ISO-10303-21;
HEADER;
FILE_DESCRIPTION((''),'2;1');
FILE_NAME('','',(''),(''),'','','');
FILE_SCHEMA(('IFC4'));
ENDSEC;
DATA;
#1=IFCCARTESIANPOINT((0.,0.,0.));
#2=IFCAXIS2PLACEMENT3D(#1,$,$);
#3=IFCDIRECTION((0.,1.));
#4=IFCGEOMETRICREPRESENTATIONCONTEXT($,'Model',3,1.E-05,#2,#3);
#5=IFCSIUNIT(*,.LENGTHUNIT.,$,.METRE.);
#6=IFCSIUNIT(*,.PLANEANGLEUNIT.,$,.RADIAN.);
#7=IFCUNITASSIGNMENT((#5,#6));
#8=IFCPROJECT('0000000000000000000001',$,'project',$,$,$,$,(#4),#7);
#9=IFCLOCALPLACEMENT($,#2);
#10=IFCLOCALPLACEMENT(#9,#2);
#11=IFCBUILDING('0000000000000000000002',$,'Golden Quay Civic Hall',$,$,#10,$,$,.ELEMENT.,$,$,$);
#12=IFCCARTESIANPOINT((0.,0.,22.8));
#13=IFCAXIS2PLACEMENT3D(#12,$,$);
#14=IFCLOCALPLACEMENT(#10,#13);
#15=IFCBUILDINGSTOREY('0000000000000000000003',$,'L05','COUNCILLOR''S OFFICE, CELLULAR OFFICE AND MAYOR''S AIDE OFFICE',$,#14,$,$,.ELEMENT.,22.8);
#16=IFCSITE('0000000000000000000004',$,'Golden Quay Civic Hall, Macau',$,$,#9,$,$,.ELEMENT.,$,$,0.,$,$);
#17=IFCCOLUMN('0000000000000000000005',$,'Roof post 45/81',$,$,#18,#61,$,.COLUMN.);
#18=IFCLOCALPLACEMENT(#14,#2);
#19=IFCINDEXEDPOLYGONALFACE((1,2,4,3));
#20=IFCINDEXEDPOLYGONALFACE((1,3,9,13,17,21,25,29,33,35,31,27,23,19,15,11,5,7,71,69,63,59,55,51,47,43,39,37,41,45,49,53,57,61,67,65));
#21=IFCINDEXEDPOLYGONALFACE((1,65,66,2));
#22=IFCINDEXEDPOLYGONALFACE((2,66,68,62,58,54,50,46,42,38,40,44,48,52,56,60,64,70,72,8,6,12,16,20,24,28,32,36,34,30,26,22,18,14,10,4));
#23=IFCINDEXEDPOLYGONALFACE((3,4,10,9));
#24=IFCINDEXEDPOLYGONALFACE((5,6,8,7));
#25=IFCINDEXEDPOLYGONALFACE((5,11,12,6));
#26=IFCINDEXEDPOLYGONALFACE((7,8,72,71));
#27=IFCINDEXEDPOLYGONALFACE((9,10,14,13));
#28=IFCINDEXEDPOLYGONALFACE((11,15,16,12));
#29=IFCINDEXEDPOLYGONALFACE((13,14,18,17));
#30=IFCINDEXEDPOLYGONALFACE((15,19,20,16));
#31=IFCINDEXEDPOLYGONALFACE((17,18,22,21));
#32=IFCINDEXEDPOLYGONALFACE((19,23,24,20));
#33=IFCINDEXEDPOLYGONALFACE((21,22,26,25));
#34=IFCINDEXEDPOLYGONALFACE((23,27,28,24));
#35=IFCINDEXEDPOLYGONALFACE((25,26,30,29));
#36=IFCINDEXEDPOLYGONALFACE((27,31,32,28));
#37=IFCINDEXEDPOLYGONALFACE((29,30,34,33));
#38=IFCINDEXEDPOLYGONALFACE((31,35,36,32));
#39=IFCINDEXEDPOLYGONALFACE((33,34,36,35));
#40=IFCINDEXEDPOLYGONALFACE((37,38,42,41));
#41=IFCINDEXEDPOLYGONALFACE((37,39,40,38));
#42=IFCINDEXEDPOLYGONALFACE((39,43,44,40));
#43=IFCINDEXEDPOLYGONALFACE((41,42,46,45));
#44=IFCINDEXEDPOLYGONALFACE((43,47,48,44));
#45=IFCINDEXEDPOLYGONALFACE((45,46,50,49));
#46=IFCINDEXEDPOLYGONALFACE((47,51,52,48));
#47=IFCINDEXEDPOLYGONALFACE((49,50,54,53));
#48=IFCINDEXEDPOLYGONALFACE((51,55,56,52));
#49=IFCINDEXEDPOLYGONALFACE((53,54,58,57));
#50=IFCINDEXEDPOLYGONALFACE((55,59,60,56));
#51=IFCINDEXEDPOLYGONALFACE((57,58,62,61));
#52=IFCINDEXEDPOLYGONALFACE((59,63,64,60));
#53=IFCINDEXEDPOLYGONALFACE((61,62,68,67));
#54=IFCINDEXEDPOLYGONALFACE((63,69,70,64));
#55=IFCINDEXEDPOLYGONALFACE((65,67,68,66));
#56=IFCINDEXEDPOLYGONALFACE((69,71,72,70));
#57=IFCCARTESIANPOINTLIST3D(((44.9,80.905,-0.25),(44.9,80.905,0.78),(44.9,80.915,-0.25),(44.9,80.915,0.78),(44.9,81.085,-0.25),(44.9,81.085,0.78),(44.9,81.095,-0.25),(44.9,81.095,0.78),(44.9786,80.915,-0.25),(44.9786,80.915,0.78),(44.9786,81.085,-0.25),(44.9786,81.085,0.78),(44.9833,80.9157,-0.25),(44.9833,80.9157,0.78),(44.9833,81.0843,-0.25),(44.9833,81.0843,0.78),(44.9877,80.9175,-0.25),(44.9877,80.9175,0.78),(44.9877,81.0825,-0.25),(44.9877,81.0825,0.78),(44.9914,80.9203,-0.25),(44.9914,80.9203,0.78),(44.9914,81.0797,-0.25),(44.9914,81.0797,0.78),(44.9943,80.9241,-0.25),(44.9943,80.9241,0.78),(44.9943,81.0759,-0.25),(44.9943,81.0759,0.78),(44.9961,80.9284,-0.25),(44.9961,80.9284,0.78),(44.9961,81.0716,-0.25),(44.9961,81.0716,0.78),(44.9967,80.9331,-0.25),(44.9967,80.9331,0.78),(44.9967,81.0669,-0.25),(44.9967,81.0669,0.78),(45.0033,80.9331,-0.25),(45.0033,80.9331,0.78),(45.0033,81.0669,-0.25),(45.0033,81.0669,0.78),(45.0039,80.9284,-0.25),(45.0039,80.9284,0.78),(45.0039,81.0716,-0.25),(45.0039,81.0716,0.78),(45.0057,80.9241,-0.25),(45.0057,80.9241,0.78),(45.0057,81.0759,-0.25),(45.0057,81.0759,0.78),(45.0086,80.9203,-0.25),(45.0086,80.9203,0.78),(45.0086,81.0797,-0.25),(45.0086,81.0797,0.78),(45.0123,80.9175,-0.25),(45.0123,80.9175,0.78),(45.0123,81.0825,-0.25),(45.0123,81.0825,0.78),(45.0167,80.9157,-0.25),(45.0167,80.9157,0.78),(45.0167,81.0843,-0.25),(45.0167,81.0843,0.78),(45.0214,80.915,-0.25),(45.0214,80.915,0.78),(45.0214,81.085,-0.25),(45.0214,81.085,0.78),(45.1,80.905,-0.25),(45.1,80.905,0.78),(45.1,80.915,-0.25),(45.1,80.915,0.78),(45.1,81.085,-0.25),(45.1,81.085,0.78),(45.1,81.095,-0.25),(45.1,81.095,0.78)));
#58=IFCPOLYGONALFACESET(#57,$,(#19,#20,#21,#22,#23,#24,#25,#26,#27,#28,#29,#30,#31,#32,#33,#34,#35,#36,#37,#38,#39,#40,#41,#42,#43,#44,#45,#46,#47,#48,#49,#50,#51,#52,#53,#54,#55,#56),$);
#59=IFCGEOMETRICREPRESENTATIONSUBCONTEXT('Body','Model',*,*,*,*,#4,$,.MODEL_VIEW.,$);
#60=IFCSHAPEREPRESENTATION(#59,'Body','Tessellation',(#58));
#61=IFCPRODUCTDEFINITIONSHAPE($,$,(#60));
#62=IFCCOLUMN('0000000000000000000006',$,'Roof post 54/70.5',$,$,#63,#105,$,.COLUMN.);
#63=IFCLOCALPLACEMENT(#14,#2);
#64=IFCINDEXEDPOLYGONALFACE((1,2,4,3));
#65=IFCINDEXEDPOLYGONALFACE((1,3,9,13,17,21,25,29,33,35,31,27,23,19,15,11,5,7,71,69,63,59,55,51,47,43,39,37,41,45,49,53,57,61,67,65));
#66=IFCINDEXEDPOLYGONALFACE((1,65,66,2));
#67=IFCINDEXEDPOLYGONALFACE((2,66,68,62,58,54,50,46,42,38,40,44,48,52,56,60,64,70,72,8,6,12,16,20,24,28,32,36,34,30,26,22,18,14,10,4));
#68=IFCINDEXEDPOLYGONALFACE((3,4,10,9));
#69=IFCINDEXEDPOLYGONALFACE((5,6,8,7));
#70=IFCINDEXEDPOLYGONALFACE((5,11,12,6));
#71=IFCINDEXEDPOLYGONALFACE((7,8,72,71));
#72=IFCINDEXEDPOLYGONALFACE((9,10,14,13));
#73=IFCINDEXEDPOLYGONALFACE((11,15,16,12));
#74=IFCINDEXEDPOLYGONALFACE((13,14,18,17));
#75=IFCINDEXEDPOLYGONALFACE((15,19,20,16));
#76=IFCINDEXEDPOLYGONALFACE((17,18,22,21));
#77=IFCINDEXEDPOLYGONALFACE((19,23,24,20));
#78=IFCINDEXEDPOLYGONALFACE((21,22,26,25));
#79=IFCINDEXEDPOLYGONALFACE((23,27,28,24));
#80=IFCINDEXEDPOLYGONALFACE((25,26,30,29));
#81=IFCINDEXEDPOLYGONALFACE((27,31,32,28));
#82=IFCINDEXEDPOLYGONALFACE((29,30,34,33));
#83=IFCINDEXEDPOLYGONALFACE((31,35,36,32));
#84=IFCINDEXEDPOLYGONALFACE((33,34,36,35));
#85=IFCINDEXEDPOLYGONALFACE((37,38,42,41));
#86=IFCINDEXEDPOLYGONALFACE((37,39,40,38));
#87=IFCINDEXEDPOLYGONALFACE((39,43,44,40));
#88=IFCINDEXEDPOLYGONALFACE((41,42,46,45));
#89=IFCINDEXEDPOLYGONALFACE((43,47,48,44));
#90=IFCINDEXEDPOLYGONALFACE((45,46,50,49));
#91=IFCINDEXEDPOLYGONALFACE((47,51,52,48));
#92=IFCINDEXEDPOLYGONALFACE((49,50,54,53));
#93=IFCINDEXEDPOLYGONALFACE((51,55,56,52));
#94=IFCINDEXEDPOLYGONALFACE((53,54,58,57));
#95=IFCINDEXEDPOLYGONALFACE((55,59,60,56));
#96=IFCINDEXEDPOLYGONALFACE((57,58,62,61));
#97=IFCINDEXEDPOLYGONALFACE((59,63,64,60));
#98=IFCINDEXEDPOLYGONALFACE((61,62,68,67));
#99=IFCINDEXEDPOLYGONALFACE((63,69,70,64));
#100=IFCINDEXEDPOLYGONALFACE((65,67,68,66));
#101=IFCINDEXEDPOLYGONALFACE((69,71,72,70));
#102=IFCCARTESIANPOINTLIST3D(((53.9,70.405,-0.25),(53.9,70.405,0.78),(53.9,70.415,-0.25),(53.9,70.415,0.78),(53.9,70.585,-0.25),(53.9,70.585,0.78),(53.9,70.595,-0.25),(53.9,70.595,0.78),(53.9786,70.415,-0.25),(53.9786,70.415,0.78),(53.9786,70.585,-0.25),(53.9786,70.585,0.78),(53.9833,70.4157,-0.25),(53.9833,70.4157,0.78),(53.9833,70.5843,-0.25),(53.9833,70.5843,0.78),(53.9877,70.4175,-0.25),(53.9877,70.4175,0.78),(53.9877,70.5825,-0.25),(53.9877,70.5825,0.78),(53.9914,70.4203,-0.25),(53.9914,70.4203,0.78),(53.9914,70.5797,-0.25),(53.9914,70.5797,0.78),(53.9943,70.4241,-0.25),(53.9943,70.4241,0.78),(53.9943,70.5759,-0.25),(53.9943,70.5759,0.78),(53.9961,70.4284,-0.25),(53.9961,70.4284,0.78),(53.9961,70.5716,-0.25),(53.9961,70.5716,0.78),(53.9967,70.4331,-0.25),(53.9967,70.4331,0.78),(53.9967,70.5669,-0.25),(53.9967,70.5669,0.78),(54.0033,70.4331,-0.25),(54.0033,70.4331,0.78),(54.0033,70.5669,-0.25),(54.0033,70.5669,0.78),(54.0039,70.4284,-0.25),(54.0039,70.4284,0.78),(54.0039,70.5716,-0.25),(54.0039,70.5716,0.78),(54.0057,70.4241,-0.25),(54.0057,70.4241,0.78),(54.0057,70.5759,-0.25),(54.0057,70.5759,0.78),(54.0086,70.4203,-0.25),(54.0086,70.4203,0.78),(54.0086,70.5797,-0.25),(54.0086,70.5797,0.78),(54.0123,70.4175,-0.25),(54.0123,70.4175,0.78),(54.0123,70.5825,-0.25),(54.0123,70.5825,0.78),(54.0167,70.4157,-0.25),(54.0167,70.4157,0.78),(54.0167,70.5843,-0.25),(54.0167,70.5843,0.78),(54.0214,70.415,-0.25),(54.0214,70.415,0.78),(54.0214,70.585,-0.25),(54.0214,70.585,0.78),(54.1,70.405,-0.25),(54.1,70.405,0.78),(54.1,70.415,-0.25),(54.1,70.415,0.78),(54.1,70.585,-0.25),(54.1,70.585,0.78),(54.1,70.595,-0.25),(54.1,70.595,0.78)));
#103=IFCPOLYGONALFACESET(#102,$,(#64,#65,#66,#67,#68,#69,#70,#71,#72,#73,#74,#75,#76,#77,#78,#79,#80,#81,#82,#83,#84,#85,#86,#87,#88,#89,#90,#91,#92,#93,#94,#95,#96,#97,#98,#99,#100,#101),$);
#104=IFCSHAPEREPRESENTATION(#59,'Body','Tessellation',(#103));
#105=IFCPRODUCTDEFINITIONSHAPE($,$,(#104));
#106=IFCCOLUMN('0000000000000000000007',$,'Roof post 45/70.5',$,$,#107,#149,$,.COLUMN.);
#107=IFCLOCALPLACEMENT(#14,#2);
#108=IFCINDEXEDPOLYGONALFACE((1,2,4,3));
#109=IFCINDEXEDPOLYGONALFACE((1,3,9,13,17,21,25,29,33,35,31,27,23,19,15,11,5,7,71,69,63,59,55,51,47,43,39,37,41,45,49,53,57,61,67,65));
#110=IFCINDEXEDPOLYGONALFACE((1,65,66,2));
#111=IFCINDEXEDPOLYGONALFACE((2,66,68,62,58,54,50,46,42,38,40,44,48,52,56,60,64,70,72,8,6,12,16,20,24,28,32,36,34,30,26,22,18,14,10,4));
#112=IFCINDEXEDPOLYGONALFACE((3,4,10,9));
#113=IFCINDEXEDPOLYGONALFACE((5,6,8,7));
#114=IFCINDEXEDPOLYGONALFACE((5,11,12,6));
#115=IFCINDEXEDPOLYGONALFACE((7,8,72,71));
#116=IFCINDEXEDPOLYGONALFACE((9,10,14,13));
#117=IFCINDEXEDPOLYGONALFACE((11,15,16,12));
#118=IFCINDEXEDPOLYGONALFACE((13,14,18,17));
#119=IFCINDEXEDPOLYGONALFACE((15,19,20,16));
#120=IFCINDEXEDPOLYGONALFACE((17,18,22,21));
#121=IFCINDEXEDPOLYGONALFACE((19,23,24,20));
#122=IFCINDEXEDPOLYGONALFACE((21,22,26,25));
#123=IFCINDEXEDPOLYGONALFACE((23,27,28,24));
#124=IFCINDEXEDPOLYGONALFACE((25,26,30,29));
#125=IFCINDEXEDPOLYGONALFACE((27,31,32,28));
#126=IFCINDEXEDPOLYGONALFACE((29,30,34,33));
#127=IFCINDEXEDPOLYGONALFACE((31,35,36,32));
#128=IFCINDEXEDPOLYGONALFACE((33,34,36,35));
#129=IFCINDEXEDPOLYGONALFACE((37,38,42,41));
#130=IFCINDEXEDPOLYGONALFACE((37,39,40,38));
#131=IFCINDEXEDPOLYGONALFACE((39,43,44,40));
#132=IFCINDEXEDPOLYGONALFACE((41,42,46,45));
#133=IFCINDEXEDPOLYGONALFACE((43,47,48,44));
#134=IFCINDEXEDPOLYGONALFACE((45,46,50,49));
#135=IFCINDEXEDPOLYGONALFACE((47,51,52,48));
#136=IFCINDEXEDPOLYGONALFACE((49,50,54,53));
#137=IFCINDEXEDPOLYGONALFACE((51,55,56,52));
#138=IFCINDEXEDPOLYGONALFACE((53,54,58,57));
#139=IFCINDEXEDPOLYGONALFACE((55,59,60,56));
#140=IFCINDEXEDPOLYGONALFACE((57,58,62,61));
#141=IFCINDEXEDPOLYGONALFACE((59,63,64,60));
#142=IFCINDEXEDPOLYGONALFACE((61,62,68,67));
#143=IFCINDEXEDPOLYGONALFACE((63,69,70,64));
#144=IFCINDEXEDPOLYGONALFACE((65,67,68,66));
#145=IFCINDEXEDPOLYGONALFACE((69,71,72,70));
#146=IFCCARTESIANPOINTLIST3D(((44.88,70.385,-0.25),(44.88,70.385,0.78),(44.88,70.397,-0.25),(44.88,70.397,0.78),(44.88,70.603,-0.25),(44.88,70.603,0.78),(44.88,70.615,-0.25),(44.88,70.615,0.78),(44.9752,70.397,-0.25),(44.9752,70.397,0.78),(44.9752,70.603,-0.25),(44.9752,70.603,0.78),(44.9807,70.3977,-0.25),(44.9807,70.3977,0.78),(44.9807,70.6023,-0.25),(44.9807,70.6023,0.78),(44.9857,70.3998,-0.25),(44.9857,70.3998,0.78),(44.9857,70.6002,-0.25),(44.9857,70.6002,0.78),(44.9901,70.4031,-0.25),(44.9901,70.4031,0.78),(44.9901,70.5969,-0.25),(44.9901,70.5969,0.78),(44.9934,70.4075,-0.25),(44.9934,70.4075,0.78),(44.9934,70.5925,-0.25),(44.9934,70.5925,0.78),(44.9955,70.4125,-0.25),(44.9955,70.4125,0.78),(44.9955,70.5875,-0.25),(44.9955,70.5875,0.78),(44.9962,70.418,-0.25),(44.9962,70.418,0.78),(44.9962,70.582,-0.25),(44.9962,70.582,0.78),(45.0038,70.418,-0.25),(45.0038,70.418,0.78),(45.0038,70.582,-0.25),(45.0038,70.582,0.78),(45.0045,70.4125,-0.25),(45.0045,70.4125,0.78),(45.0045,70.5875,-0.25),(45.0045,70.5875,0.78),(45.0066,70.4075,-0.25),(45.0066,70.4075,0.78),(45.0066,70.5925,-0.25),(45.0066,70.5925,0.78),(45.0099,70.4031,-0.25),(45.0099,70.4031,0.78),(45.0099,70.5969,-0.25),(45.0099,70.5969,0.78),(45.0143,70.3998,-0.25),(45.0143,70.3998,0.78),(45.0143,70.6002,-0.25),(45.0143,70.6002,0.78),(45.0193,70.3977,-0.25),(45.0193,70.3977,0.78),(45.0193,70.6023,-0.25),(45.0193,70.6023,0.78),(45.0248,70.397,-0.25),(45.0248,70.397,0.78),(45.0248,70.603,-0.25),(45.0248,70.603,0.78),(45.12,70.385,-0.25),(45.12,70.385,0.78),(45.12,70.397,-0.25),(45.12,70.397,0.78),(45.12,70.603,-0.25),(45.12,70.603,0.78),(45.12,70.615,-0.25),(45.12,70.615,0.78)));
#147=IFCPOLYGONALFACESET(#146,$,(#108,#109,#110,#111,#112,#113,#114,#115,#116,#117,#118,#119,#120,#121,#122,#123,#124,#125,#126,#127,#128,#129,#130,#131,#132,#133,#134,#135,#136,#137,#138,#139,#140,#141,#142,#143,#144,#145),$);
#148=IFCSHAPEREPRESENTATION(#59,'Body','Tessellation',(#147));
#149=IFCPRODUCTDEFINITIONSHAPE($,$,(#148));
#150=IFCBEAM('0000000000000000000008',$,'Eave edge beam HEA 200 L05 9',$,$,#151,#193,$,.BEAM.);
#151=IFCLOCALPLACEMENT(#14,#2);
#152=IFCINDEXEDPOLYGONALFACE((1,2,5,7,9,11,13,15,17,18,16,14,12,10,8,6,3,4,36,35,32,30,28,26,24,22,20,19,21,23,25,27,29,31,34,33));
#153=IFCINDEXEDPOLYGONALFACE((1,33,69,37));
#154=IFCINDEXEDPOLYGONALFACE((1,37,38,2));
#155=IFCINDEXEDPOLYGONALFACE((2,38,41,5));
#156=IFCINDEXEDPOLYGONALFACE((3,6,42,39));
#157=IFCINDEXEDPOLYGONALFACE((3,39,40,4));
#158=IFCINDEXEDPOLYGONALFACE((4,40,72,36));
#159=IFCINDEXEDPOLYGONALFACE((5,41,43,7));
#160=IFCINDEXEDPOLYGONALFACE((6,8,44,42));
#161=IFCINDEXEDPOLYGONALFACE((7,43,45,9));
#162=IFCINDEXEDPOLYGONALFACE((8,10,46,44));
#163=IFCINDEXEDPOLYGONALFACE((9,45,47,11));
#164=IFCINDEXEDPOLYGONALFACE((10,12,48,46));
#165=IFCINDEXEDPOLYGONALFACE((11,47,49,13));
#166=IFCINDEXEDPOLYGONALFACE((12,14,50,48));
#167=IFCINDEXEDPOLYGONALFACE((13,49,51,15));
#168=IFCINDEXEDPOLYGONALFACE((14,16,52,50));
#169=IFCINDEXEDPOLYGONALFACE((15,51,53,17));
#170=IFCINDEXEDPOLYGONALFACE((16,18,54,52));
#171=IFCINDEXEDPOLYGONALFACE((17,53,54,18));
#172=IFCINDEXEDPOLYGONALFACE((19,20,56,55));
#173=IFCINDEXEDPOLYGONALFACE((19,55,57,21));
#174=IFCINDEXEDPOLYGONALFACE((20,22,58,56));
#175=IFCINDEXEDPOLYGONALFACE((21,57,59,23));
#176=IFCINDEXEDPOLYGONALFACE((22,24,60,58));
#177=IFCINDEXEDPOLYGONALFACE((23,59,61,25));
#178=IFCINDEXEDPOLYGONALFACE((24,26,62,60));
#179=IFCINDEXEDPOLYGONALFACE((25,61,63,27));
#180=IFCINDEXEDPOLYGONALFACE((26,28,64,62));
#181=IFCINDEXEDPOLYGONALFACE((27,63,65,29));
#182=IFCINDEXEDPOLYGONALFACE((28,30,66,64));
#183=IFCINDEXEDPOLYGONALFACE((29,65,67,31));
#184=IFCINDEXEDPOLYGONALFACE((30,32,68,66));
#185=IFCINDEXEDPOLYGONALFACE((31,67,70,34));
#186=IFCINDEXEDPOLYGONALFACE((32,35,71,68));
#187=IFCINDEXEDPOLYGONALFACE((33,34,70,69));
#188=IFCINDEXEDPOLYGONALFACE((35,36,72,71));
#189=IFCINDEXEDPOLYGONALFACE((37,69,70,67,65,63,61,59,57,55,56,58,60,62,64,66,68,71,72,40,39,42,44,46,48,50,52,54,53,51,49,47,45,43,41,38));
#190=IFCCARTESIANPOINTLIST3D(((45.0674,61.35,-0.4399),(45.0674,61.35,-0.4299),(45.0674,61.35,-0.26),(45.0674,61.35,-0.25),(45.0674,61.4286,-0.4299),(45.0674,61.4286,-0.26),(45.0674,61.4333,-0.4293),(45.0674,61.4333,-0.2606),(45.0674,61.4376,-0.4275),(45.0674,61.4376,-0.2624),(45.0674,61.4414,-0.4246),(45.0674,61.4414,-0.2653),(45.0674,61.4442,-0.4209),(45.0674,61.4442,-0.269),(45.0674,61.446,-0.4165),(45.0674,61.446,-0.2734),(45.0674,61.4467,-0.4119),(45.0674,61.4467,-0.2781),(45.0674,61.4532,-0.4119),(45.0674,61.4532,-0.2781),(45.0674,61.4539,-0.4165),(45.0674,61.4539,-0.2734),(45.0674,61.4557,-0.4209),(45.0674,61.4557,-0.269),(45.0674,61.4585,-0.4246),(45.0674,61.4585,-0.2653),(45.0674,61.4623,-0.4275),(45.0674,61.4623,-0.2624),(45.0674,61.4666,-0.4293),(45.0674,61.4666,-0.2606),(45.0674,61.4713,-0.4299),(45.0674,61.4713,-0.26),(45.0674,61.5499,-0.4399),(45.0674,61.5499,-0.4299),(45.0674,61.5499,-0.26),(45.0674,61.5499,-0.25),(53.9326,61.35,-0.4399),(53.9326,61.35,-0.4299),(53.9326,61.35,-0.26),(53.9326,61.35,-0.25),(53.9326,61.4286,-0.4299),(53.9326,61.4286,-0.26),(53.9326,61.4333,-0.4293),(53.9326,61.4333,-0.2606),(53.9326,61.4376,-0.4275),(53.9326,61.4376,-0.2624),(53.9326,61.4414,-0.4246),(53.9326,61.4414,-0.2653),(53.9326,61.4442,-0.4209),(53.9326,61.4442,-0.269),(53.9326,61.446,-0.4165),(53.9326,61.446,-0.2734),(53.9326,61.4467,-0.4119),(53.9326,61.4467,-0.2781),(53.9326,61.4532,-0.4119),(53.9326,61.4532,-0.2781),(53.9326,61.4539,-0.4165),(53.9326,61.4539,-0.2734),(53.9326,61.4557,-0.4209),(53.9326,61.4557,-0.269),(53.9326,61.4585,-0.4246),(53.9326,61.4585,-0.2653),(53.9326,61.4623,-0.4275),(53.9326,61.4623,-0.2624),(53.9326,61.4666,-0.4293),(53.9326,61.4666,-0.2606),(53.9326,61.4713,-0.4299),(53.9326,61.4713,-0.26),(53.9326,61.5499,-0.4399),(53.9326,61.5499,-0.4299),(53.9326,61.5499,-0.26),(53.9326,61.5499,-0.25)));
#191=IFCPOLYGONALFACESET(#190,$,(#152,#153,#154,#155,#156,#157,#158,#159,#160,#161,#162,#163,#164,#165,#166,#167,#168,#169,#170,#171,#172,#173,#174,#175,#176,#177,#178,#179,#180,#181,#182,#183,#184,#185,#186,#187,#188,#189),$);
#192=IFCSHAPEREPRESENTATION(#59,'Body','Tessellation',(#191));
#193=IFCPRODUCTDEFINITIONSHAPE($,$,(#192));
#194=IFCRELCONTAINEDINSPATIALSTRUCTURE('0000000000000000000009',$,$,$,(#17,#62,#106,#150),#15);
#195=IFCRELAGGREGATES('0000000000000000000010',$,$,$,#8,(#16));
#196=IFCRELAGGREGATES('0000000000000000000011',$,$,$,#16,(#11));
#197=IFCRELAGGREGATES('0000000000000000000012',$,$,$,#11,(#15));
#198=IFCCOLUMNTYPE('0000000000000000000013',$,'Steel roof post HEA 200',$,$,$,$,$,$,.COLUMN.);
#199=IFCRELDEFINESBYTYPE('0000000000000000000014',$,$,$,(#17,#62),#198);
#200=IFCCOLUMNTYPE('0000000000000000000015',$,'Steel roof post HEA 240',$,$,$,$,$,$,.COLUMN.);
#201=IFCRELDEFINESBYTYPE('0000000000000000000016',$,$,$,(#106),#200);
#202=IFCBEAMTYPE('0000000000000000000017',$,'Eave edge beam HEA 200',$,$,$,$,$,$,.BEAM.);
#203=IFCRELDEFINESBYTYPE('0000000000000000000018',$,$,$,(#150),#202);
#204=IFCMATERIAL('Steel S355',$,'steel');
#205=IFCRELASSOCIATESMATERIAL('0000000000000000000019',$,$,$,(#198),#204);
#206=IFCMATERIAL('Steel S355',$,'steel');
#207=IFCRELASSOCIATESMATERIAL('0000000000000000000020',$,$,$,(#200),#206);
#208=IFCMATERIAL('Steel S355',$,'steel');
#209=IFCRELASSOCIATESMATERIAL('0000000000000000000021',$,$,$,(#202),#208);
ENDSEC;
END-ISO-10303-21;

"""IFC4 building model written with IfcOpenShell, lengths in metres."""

from ifc_helpers import new_model, si_unit, direction, frame, origin, origin_2d, place, context, subcontext, project, spatial, i_section, extrude, material, material_profile, profile_set, type_object, element, save


model = new_model("IFC4")

# Units and contexts
model_context = context("Model", 3, precision=1e-05, world=origin(), true_north=direction((0.0, 1.0)))
body_context = subcontext(model_context, "Body", "Model", "MODEL_VIEW")
ifc_project = project(units=[si_unit("LENGTHUNIT", "METRE"), si_unit("PLANEANGLEUNIT", "RADIAN")], contexts=[model_context])

# Site, building, storey
site_placement = place(None, origin())
site = spatial("IfcSite", under=ifc_project, at=site_placement, Name="Golden Quay Civic Hall, Macau", CompositionType="ELEMENT", RefElevation=0.0)
building_placement = place(site_placement, origin())
building = spatial("IfcBuilding", under=site, at=building_placement, Name="Golden Quay Civic Hall", CompositionType="ELEMENT")
storey_placement = place(building_placement, frame((0.0, 0.0, 22.8)))
storey = spatial("IfcBuildingStorey", under=building, at=storey_placement, Name="L05", Description="COUNCILLOR'S OFFICE, CELLULAR OFFICE AND MAYOR'S AIDE OFFICE", CompositionType="ELEMENT", Elevation=22.8)

# Columns
ifc_material_1 = material(Name="Steel S355", Category="steel")
ifc_material_profile_1 = material_profile(ifc_material_1, i_section(OverallWidth=0.2, OverallDepth=0.1899, WebThickness=0.0066, FlangeThickness=0.01, FilletRadius=0.0181, at=origin_2d()), Name="HEA 200")
ifc_profile_set_1 = profile_set([ifc_material_profile_1], Name="Steel S355")
column_type_1 = type_object("IfcColumnType", Name="Steel roof post HEA 200", PredefinedType="COLUMN", material=ifc_profile_set_1)
for number, where, z_axis, x_axis, name in (
    (1, (45.0, 81.0, -0.25), (0.0, 0.0, 1.0), (1.0, 0.0, 0.0), "Roof post 45/81"),
    (2, (54.0, 70.5, -0.25), (0.0, 0.0, 1.0), (1.0, 0.0, 0.0), "Roof post 54/70.5"),
):
    element("IfcColumn", number, at=place(storey_placement, frame(where, z_axis=z_axis, x_axis=x_axis)), inside=storey, type_object=column_type_1, Name=name, PredefinedType="COLUMN", context=body_context, shape_type="SweptSolid", body=[
        extrude(i_section(OverallWidth=0.2, OverallDepth=0.1899, WebThickness=0.0066, FlangeThickness=0.01, FilletRadius=0.0181, at=origin_2d()), origin(), (0.0, 0.0, 1.0), 1.03),
    ])
ifc_material_2 = material(Name="Steel S355", Category="steel")
ifc_material_profile_2 = material_profile(ifc_material_2, i_section(OverallWidth=0.24, OverallDepth=0.23, WebThickness=0.0076, FlangeThickness=0.012, FilletRadius=0.021, at=origin_2d()), Name="HEA 240")
ifc_profile_set_2 = profile_set([ifc_material_profile_2], Name="Steel S355")
column_type_2 = type_object("IfcColumnType", Name="Steel roof post HEA 240", PredefinedType="COLUMN", material=ifc_profile_set_2)
column_placement = place(storey_placement, frame((45.0, 70.5, -0.25), z_axis=(0.0, 0.0, 1.0), x_axis=(1.0, 0.0, 0.0)))
element("IfcColumn", 3, at=column_placement, inside=storey, type_object=column_type_2, Name="Roof post 45/70.5", PredefinedType="COLUMN", context=body_context, shape_type="SweptSolid", body=[
    extrude(i_section(OverallWidth=0.24, OverallDepth=0.23, WebThickness=0.0076, FlangeThickness=0.012, FilletRadius=0.021, at=origin_2d()), origin(), (0.0, 0.0, 1.0), 1.03),
])

# Beam
ifc_material_3 = material(Name="Steel S355", Category="steel")
ifc_material_profile_3 = material_profile(ifc_material_3, i_section(OverallWidth=0.2, OverallDepth=0.1899, WebThickness=0.0066, FlangeThickness=0.01, FilletRadius=0.0181, at=origin_2d()), Name="HEA 200")
ifc_profile_set_3 = profile_set([ifc_material_profile_3], Name="Steel S355")
beam_type_1 = type_object("IfcBeamType", Name="Eave edge beam HEA 200", PredefinedType="BEAM", material=ifc_profile_set_3)
beam_1_placement = place(storey_placement, frame((45.0674, 61.45, -0.345), z_axis=(1.0, 0.0, 0.0), x_axis=(0.0, 1.0, 0.0)))
element("IfcBeam", 4, at=beam_1_placement, inside=storey, type_object=beam_type_1, Name="Eave edge beam HEA 200 L05 9", PredefinedType="BEAM", context=body_context, shape_type="SweptSolid", body=[
    extrude(i_section(OverallWidth=0.2, OverallDepth=0.1899, WebThickness=0.0066, FlangeThickness=0.01, FilletRadius=0.0181, at=origin_2d()), origin(), (0.0, 0.0, 1.0), 8.8652),
])

save(model, "model.ifc")
